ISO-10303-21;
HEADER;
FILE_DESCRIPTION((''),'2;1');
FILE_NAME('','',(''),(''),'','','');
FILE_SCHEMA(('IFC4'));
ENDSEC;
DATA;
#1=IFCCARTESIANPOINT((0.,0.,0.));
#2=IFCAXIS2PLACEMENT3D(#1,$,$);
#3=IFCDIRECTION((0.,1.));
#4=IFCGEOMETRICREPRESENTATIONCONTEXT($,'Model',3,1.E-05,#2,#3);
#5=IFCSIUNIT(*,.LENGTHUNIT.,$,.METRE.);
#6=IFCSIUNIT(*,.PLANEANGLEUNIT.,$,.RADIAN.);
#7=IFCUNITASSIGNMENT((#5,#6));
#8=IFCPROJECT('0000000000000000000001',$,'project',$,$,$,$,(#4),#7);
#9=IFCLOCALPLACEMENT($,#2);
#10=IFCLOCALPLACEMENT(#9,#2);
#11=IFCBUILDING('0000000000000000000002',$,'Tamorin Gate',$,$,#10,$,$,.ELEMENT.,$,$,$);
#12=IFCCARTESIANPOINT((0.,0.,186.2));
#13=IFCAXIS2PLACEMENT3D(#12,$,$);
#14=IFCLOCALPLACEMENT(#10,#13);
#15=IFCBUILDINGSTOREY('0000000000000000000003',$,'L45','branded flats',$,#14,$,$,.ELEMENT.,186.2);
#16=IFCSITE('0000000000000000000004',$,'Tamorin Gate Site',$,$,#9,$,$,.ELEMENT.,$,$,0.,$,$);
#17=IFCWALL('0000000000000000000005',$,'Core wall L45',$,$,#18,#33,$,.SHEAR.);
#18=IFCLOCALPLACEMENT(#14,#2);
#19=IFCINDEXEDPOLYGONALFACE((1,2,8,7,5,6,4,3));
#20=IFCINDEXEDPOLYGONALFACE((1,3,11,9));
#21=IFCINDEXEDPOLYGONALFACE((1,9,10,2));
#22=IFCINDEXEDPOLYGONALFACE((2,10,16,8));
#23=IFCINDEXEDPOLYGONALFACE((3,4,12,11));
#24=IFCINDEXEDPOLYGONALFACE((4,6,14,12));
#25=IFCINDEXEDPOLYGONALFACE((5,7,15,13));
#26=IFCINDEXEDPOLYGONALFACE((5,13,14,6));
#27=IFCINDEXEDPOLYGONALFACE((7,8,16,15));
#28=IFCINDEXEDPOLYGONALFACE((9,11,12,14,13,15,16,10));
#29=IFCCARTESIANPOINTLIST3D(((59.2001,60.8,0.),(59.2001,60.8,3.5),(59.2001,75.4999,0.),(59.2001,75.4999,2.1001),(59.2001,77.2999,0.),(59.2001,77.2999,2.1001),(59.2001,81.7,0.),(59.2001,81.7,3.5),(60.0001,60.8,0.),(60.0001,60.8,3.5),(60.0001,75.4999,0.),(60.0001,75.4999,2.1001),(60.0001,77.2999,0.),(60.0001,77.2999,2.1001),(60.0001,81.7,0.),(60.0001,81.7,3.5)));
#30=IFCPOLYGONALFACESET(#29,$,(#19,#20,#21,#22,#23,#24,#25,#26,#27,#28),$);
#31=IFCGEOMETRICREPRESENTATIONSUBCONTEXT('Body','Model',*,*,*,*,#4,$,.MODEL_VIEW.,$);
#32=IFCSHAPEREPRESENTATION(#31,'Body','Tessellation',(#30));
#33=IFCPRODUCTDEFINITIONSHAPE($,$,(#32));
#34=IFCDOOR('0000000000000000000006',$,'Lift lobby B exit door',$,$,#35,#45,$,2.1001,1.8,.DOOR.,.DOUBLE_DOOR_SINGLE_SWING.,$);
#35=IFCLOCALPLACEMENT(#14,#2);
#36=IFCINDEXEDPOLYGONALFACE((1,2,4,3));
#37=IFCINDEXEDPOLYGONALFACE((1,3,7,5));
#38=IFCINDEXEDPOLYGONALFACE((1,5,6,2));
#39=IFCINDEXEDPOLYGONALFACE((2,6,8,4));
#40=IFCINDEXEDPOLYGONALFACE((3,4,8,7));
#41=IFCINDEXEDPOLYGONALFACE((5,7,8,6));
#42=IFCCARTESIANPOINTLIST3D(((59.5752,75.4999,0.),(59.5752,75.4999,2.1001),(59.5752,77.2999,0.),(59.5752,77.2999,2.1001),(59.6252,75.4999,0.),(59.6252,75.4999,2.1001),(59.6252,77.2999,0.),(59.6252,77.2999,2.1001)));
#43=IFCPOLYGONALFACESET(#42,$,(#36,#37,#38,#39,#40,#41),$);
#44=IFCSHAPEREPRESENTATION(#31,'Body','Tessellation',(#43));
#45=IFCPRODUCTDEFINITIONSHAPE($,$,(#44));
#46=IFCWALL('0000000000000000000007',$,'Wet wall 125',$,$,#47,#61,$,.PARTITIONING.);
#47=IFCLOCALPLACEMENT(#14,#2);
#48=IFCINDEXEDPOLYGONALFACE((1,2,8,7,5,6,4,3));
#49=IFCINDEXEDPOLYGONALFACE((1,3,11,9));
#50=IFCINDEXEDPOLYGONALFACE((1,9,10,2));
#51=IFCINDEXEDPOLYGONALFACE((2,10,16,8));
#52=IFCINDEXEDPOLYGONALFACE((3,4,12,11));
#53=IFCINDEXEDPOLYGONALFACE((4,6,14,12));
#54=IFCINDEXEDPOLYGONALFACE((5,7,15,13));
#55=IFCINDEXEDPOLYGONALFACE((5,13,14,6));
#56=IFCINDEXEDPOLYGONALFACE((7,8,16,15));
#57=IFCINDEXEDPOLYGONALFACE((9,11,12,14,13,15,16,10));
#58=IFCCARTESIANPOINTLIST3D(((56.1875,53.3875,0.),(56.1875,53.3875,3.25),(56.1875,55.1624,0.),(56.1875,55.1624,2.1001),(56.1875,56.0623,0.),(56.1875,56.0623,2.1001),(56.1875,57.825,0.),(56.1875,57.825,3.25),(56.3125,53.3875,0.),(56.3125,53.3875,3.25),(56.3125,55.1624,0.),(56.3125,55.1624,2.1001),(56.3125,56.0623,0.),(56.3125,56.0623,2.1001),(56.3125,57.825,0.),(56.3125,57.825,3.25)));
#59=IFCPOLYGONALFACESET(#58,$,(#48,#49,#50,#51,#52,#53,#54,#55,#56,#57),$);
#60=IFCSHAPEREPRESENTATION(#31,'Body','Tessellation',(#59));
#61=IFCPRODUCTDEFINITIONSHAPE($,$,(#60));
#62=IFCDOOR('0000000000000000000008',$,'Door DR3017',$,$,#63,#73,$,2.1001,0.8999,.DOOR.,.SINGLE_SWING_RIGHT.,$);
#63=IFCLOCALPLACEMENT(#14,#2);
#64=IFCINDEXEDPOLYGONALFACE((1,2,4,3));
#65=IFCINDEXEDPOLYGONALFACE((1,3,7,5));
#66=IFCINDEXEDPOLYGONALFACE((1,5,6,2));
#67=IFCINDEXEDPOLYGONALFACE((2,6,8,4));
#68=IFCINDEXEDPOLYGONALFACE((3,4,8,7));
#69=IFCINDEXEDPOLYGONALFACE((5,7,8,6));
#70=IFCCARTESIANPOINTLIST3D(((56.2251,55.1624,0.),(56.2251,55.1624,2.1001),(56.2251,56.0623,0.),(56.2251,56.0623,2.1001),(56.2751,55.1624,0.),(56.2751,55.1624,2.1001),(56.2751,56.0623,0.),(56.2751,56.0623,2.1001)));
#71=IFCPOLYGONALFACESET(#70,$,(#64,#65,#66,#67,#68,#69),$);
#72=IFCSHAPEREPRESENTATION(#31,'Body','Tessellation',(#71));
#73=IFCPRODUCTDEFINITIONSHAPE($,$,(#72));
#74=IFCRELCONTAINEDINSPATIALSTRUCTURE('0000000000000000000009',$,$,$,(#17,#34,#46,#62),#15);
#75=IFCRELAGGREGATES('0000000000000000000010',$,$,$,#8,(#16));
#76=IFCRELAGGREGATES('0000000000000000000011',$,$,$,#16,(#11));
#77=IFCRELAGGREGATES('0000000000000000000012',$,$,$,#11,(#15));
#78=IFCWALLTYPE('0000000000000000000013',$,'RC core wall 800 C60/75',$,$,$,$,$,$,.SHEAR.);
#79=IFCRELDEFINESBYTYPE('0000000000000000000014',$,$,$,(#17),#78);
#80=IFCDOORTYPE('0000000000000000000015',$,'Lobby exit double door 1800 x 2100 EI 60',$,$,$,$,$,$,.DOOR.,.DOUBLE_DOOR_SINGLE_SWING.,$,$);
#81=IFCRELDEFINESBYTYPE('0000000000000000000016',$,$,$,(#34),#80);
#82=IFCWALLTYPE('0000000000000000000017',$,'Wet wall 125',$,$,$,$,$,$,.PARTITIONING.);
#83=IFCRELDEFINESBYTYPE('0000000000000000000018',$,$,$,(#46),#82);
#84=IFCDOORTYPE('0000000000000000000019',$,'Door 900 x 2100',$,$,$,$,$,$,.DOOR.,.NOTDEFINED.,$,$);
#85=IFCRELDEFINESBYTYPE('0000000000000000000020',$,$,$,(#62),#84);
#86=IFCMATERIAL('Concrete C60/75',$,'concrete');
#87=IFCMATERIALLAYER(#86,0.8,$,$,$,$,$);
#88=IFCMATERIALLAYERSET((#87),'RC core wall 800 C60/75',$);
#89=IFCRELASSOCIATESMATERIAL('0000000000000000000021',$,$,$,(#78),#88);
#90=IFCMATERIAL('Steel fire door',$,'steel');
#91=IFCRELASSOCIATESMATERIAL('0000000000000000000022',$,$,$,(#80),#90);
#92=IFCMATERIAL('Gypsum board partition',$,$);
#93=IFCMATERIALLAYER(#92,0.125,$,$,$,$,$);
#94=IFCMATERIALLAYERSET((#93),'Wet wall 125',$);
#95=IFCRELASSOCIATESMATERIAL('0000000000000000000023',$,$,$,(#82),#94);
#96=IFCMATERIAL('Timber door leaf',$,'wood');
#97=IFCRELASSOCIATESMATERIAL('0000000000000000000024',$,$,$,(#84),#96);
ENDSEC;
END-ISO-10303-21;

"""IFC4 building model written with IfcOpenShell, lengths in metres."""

from ifc_helpers import new_model, si_unit, direction, frame, frame_2d, origin, place, context, subcontext, project, spatial, rectangle, extrude, material, layer, layer_set, type_object, element, fill, save


model = new_model("IFC4")

# Units and contexts
model_context = context("Model", 3, precision=1e-05, world=origin(), true_north=direction((0.0, 1.0)))
body_context = subcontext(model_context, "Body", "Model", "MODEL_VIEW")
ifc_project = project(units=[si_unit("LENGTHUNIT", "METRE"), si_unit("PLANEANGLEUNIT", "RADIAN")], contexts=[model_context])

# Site, building, storey
site_placement = place(None, origin())
site = spatial("IfcSite", under=ifc_project, at=site_placement, Name="Tamorin Gate Site", CompositionType="ELEMENT", RefElevation=0.0)
building_placement = place(site_placement, origin())
building = spatial("IfcBuilding", under=site, at=building_placement, Name="Tamorin Gate", CompositionType="ELEMENT")
storey_placement = place(building_placement, frame((0.0, 0.0, 186.2)))
storey = spatial("IfcBuildingStorey", under=building, at=storey_placement, Name="L45", Description="branded flats", CompositionType="ELEMENT", Elevation=186.2)

# Shared definitions
ifc_material_1 = material(Name="Concrete C60/75", Category="concrete")

# Shared definitions
ifc_material_2 = material(Name="Gypsum board partition")
ifc_material_3 = material(Name="Timber door leaf", Category="wood")

# Walls, openings, doors
ifc_layer_1 = layer(ifc_material_1, 0.8)
ifc_layer_set_1 = layer_set([ifc_layer_1], Name="RC core wall 800 C60/75")
wall_type_1 = type_object("IfcWallType", Name="RC core wall 800 C60/75", PredefinedType="SHEAR", material=ifc_layer_set_1)
wall_1_placement = place(storey_placement, frame((59.6001, 60.8, 0.0), z_axis=(0.0, 0.0, 1.0), x_axis=(0.0, 1.0, 0.0)))
wall_1 = element("IfcWall", 1, at=wall_1_placement, inside=storey, type_object=wall_type_1, Name="Core wall L45", PredefinedType="SHEAR", context=body_context, shape_type="SweptSolid", body=[
    extrude(rectangle(XDim=20.8999, YDim=0.8, at=frame_2d((10.45, 0.0))), origin(), (0.0, 0.0, 1.0), 3.5),
])
opening_1_placement = place(wall_1_placement, frame((14.7, 0.0, 0.0)))
opening_1 = element("IfcOpeningElement", 2, at=opening_1_placement, cuts=wall_1, PredefinedType="OPENING", context=body_context, shape_type="SweptSolid", body=[
    extrude(rectangle(XDim=1.8, YDim=2.1001, at=frame_2d((0.8999, 1.05))), frame((0.0, 0.4099, 0.0), z_axis=(0.0, -1.0, 0.0), x_axis=(1.0, 0.0, 0.0)), (0.0, 0.0, 1.0), 0.8201),
])
ifc_material_4 = material(Name="Steel fire door", Category="steel")
door_type_1 = type_object("IfcDoorType", Name="Lobby exit double door 1800 x 2100 EI 60", OperationType="DOUBLE_DOOR_SINGLE_SWING", PredefinedType="DOOR", material=ifc_material_4)
door_1_placement = place(opening_1_placement, origin())
door_1 = element("IfcDoor", 3, at=door_1_placement, inside=storey, type_object=door_type_1, Name="Lift lobby B exit door", OperationType="DOUBLE_DOOR_SINGLE_SWING", OverallHeight=2.1001, OverallWidth=1.8, PredefinedType="DOOR", context=body_context, shape_type="SweptSolid", body=[
    extrude(rectangle(XDim=1.8, YDim=2.1001, at=frame_2d((0.8999, 1.05))), frame((0.0, 0.0249, 0.0), z_axis=(0.0, -1.0, 0.0), x_axis=(1.0, 0.0, 0.0)), (0.0, 0.0, 1.0), 0.05),
])
fill(opening_1, door_1)
ifc_layer_2 = layer(ifc_material_2, 0.125)
ifc_layer_set_2 = layer_set([ifc_layer_2], Name="Wet wall 125")
wall_type_2 = type_object("IfcWallType", Name="Wet wall 125", PredefinedType="PARTITIONING", material=ifc_layer_set_2)
wall_2_placement = place(storey_placement, frame((56.25, 53.3875, 0.0), z_axis=(0.0, 0.0, 1.0), x_axis=(0.0, 1.0, 0.0)))
wall_2 = element("IfcWall", 4, at=wall_2_placement, inside=storey, type_object=wall_type_2, Name="Wet wall 125", PredefinedType="PARTITIONING", context=body_context, shape_type="SweptSolid", body=[
    extrude(rectangle(XDim=4.4375, YDim=0.125, at=frame_2d((2.2188, 0.0))), origin(), (0.0, 0.0, 1.0), 3.25),
])
opening_2_placement = place(wall_2_placement, frame((1.7749, 0.0, 0.0)))
opening_2 = element("IfcOpeningElement", 5, at=opening_2_placement, cuts=wall_2, PredefinedType="OPENING", context=body_context, shape_type="SweptSolid", body=[
    extrude(rectangle(XDim=0.8999, YDim=2.1001, at=frame_2d((0.45, 1.05))), frame((0.0, 0.0725, 0.0), z_axis=(0.0, -1.0, 0.0), x_axis=(1.0, 0.0, 0.0)), (0.0, 0.0, 1.0), 0.145),
])
door_type_2 = type_object("IfcDoorType", Name="Door 900 x 2100", OperationType="NOTDEFINED", PredefinedType="DOOR", material=ifc_material_3)
door_2_placement = place(opening_2_placement, origin())
door_2 = element("IfcDoor", 6, at=door_2_placement, inside=storey, type_object=door_type_2, Name="Door DR3017", OperationType="SINGLE_SWING_RIGHT", OverallHeight=2.1001, OverallWidth=0.8999, PredefinedType="DOOR", context=body_context, shape_type="SweptSolid", body=[
    extrude(rectangle(XDim=0.8999, YDim=2.1001, at=frame_2d((0.45, 1.05))), frame((0.0, 0.0249, 0.0), z_axis=(0.0, -1.0, 0.0), x_axis=(1.0, 0.0, 0.0)), (0.0, 0.0, 1.0), 0.05),
])
fill(opening_2, door_2)

save(model, "model.ifc")
